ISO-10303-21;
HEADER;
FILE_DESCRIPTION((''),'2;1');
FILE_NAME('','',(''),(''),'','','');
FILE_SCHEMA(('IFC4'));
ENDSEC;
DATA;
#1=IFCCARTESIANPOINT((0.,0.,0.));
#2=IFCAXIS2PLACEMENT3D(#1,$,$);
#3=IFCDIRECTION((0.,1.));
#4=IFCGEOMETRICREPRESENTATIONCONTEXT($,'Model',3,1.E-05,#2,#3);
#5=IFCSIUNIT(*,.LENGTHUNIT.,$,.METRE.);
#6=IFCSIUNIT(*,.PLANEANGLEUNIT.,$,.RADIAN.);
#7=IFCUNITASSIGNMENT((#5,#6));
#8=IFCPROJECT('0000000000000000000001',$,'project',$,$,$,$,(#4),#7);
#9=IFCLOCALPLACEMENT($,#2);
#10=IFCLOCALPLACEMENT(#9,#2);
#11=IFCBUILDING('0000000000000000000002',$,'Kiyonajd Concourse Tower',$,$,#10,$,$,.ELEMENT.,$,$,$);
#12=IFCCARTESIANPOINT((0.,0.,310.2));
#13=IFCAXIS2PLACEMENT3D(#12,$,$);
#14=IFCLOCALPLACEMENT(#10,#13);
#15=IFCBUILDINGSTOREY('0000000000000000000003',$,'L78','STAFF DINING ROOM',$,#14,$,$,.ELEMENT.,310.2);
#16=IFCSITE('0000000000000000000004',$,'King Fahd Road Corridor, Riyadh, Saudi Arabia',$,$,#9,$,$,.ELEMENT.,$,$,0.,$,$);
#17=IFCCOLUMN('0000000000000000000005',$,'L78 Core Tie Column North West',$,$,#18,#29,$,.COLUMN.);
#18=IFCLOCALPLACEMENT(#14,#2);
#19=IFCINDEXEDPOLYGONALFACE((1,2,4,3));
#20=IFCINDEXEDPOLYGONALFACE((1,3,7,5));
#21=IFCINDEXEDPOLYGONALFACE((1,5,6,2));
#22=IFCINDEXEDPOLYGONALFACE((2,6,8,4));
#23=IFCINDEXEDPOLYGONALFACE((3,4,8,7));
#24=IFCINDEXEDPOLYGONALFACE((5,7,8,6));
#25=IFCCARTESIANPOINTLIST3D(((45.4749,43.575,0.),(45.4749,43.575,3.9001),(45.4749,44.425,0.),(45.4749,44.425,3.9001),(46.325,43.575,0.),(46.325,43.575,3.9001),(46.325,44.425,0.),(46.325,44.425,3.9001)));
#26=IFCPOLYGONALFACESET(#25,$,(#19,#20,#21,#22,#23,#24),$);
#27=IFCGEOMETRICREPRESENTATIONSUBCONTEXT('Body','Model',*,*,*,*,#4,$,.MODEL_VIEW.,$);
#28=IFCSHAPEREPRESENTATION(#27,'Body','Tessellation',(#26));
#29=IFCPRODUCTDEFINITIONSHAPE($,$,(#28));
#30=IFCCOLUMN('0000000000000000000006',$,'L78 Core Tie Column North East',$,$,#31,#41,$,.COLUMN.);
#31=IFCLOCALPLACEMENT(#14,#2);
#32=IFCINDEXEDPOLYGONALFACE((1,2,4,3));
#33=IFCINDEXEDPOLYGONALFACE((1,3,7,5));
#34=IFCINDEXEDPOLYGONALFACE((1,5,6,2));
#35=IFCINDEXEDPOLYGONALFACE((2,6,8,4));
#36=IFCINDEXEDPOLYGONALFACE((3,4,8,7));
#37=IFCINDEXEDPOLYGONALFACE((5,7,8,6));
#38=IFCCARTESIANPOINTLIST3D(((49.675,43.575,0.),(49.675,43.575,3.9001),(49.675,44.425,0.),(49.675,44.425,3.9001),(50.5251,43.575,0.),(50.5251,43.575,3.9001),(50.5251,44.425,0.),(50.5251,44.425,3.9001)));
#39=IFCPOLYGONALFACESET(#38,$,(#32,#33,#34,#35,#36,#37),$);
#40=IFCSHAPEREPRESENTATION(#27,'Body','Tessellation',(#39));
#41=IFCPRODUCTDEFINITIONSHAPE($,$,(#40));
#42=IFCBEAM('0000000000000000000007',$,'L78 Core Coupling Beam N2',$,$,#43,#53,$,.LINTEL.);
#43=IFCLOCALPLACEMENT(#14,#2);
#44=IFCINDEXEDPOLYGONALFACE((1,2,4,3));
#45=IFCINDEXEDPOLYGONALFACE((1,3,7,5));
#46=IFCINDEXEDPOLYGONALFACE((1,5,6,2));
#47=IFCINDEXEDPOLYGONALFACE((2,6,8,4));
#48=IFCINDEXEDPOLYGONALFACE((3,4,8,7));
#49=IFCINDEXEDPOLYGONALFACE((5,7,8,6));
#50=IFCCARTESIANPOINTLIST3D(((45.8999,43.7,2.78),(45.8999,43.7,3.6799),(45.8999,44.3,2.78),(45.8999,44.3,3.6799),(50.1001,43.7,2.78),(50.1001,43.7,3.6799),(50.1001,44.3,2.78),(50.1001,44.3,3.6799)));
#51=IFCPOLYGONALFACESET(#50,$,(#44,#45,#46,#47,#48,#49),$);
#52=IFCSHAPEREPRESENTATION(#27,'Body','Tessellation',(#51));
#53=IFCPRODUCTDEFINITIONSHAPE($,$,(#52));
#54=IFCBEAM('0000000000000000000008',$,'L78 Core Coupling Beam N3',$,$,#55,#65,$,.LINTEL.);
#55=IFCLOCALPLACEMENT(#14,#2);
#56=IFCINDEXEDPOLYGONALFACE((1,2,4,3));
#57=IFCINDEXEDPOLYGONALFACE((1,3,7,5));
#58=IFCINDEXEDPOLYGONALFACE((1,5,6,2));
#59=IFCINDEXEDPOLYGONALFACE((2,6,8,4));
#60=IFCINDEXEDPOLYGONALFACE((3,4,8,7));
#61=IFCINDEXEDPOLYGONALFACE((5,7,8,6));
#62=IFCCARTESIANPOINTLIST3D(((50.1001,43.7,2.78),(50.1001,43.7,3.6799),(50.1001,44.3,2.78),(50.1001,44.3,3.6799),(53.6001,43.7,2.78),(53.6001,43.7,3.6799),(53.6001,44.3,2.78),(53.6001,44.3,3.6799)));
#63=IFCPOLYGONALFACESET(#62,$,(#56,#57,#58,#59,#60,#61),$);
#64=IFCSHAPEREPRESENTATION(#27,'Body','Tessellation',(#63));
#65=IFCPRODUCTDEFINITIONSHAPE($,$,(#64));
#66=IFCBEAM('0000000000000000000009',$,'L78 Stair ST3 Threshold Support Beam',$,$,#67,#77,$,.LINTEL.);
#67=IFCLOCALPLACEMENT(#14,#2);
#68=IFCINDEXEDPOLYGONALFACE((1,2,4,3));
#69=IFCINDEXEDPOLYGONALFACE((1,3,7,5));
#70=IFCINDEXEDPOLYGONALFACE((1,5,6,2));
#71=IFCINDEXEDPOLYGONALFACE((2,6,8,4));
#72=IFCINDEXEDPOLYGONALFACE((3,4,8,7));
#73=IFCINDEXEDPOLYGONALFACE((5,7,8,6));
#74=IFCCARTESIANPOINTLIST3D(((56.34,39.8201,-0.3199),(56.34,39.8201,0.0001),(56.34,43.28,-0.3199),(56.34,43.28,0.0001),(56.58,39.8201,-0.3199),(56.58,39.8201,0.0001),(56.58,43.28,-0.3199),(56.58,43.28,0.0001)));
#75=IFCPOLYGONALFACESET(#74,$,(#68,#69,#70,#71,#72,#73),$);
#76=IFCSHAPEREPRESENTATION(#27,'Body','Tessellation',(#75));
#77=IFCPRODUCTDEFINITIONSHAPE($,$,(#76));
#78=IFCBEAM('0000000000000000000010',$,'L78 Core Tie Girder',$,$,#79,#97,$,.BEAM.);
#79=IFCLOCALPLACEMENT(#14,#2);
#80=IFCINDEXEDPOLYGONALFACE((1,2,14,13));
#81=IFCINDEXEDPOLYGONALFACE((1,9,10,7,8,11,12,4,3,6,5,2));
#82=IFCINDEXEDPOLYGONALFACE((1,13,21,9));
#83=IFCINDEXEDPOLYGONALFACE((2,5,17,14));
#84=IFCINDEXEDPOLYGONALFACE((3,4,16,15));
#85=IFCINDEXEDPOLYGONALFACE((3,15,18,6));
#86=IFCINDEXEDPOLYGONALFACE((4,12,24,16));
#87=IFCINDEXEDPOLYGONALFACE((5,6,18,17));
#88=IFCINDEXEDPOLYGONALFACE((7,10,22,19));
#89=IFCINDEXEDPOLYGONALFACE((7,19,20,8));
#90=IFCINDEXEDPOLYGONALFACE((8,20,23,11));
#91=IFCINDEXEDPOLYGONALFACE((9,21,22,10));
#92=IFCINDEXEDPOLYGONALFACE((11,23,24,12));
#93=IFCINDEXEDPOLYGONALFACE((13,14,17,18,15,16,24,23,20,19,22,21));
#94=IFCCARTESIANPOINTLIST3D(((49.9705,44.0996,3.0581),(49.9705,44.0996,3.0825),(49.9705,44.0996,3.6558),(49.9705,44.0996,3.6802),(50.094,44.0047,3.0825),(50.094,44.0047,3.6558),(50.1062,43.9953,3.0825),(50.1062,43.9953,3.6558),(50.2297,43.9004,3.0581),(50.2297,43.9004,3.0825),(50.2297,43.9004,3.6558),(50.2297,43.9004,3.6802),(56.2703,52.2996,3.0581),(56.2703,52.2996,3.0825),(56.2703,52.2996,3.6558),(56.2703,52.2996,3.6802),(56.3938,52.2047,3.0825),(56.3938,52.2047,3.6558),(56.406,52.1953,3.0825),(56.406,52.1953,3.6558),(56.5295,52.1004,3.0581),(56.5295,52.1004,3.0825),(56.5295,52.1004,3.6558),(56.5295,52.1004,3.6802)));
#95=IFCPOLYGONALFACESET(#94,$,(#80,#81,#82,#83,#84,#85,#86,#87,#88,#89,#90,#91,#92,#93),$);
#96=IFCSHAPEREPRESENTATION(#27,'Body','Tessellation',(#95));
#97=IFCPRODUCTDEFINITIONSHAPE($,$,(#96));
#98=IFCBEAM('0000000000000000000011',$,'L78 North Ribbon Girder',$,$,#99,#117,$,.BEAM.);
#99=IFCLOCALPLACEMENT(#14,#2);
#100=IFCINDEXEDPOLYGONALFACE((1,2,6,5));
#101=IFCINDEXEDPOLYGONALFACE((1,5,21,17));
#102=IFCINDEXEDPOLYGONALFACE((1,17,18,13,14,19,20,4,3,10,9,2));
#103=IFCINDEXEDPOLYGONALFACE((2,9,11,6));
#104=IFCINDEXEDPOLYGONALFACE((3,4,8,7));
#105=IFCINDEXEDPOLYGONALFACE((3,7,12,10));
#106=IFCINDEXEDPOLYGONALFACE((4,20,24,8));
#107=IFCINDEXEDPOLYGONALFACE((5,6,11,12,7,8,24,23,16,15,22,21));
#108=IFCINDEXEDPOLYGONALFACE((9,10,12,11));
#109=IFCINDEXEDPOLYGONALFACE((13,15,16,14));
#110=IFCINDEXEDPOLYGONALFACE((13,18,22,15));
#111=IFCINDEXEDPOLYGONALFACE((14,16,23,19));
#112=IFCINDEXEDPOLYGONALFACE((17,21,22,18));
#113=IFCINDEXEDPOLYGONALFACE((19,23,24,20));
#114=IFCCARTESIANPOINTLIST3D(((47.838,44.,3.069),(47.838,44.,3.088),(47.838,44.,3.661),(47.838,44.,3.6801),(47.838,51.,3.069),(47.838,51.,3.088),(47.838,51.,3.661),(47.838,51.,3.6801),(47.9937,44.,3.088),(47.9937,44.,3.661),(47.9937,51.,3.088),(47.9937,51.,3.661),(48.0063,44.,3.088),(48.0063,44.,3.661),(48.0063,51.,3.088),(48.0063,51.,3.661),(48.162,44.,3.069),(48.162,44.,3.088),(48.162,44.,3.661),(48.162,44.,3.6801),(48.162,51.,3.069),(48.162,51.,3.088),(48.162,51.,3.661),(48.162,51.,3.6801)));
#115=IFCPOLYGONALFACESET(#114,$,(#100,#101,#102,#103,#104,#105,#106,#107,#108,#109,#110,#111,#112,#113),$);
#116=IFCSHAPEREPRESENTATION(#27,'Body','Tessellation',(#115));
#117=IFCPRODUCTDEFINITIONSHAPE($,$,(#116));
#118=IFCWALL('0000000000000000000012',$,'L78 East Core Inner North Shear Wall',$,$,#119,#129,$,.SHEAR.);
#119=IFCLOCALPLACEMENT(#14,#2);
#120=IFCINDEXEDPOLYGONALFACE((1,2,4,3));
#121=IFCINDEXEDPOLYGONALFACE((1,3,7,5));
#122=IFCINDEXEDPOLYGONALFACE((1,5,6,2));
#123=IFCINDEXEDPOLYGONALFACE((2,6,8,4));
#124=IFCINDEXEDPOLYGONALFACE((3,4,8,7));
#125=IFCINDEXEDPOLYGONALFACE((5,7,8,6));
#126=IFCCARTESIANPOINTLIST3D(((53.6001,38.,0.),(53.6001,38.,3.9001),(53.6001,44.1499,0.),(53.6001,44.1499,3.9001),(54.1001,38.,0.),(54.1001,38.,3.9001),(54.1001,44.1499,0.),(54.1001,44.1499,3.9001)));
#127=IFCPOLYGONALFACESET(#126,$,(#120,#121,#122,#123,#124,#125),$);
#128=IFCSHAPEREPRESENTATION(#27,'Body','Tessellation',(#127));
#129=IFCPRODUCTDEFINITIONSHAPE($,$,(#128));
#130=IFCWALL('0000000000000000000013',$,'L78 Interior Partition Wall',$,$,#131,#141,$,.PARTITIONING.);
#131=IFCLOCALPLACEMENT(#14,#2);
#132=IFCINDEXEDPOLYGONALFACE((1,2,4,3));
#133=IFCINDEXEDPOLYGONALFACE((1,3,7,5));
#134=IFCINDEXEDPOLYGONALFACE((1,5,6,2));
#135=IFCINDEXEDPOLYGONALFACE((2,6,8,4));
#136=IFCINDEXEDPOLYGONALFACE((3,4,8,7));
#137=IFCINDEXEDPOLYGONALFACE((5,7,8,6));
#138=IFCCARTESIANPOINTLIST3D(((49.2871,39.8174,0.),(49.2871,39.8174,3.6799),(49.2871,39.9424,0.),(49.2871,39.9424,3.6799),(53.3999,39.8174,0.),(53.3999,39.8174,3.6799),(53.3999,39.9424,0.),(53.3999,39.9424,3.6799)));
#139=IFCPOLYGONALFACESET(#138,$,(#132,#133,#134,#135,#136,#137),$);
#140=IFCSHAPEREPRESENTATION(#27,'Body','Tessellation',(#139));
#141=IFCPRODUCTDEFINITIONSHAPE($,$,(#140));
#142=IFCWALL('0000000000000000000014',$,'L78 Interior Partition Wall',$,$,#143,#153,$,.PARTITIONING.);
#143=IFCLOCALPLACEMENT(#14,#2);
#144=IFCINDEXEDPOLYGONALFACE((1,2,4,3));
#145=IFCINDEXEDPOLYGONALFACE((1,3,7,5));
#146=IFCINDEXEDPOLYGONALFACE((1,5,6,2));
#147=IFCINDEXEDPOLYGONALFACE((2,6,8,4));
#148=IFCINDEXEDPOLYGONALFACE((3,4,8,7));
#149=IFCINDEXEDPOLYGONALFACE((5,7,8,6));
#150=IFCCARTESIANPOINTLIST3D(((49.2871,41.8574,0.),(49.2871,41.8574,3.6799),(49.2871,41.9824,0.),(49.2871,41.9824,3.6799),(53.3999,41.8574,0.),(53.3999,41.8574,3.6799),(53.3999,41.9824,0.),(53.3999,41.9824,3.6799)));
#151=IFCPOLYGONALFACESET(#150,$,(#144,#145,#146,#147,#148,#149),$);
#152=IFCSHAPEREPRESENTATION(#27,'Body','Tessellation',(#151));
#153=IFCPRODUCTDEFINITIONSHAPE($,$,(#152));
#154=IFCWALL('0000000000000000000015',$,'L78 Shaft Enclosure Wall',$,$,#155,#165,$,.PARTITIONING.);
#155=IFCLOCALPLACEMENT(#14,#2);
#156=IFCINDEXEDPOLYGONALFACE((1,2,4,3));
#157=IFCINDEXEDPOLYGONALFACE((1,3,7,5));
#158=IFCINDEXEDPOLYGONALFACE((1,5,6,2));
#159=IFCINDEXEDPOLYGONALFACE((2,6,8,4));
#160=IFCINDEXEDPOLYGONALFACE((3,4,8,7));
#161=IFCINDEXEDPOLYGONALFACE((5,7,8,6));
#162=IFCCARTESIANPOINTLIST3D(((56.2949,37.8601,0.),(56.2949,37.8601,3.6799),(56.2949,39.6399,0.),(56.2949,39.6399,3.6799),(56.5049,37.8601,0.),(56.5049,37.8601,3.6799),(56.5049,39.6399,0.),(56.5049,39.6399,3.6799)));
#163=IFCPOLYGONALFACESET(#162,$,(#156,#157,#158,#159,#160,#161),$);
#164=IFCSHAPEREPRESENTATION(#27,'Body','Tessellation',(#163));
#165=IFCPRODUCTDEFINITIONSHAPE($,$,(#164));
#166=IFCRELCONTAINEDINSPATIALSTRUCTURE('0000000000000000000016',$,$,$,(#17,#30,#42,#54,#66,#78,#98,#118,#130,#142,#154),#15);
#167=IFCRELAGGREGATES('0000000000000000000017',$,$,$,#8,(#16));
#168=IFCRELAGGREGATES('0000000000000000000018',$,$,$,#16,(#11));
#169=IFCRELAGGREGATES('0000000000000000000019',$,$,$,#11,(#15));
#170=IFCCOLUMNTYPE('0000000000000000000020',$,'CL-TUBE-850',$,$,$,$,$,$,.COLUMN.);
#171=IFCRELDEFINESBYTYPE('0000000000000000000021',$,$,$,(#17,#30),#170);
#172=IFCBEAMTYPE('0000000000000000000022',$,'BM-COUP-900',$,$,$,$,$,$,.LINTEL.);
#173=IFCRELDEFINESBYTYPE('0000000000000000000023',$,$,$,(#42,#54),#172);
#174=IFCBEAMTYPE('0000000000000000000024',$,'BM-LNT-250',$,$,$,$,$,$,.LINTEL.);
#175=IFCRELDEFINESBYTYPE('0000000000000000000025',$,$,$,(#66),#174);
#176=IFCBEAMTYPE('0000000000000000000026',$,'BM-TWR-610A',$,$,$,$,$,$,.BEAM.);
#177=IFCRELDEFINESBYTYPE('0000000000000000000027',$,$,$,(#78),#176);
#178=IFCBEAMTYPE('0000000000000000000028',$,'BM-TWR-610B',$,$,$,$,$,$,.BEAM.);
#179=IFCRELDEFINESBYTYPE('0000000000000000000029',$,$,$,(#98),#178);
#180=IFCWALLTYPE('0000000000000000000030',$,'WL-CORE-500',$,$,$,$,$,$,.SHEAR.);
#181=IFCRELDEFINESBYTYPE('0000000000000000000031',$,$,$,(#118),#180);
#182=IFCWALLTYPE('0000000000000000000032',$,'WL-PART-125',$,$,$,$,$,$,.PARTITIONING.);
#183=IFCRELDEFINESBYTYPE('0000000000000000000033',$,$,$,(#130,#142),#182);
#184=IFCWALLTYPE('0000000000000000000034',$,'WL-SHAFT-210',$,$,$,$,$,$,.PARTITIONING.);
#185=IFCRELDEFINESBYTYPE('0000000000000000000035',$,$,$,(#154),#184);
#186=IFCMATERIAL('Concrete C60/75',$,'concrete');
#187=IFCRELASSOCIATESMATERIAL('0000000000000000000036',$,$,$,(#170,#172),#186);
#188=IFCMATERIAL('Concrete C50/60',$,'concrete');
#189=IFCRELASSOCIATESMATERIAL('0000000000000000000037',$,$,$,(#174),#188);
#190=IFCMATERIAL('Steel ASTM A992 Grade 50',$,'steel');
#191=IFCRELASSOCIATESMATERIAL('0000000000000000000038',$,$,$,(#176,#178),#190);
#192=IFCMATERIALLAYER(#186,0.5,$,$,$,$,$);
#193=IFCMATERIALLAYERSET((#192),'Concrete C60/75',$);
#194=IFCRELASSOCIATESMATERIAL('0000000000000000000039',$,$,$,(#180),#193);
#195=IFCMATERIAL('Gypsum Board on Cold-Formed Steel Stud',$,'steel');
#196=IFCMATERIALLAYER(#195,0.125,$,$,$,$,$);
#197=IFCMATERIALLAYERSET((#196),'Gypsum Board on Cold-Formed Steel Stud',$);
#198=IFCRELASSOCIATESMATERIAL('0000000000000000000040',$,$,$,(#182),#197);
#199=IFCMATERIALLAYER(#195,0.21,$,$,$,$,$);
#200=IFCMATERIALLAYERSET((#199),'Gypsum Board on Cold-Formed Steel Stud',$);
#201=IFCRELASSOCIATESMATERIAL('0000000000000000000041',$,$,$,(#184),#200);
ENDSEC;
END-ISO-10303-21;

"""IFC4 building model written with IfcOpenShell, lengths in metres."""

from ifc_helpers import new_model, si_unit, direction, frame, frame_2d, origin, origin_2d, place, context, subcontext, project, spatial, rectangle, i_section, extrude, material, layer, layer_set, material_profile, profile_set, type_object, element, save


model = new_model("IFC4")

# Units and contexts
model_context = context("Model", 3, precision=1e-05, world=origin(), true_north=direction((0.0, 1.0)))
body_context = subcontext(model_context, "Body", "Model", "MODEL_VIEW")
ifc_project = project(units=[si_unit("LENGTHUNIT", "METRE"), si_unit("PLANEANGLEUNIT", "RADIAN")], contexts=[model_context])

# Site, building, storey
site_placement = place(None, origin())
site = spatial("IfcSite", under=ifc_project, at=site_placement, Name="King Fahd Road Corridor, Riyadh, Saudi Arabia", CompositionType="ELEMENT", RefElevation=0.0)
building_placement = place(site_placement, origin())
building = spatial("IfcBuilding", under=site, at=building_placement, Name="Kiyonajd Concourse Tower", CompositionType="ELEMENT")
storey_placement = place(building_placement, frame((0.0, 0.0, 310.2)))
storey = spatial("IfcBuildingStorey", under=building, at=storey_placement, Name="L78", Description="STAFF DINING ROOM", CompositionType="ELEMENT", Elevation=310.2)

# Columns
ifc_material_1 = material(Name="Concrete C60/75", Category="concrete")
ifc_material_profile_1 = material_profile(ifc_material_1, rectangle(XDim=0.8501, YDim=0.8501, at=origin_2d()), Name="RC-850x850")
ifc_profile_set_1 = profile_set([ifc_material_profile_1], Name="Concrete C60/75")
column_type = type_object("IfcColumnType", Name="CL-TUBE-850", PredefinedType="COLUMN", material=ifc_profile_set_1)
for number, where, z_axis, x_axis, name in (
    (1, (45.8999, 44.0, 0.0), (0.0, 0.0, 1.0), (1.0, 0.0, 0.0), "L78 Core Tie Column North West"),
    (2, (50.1001, 44.0, 0.0), (0.0, 0.0, 1.0), (1.0, 0.0, 0.0), "L78 Core Tie Column North East"),
):
    element("IfcColumn", number, at=place(storey_placement, frame(where, z_axis=z_axis, x_axis=x_axis)), inside=storey, type_object=column_type, Name=name, PredefinedType="COLUMN", context=body_context, shape_type="SweptSolid", body=[
        extrude(rectangle(XDim=0.8501, YDim=0.8501, at=origin_2d()), origin(), (0.0, 0.0, 1.0), 3.9001),
    ])

# Beams
ifc_material_profile_2 = material_profile(ifc_material_1, rectangle(XDim=0.6001, YDim=0.8999, at=origin_2d()), Name="RCBM-600x900")
ifc_profile_set_2 = profile_set([ifc_material_profile_2], Name="Concrete C60/75")
beam_type_1 = type_object("IfcBeamType", Name="BM-COUP-900", PredefinedType="LINTEL", material=ifc_profile_set_2)
beam_1_placement = place(storey_placement, frame((45.8999, 44.0, 3.23), z_axis=(1.0, 0.0, 0.0), x_axis=(0.0, 1.0, 0.0)))
element("IfcBeam", 3, at=beam_1_placement, inside=storey, type_object=beam_type_1, Name="L78 Core Coupling Beam N2", PredefinedType="LINTEL", context=body_context, shape_type="SweptSolid", body=[
    extrude(rectangle(XDim=0.6001, YDim=0.8999, at=origin_2d()), origin(), (0.0, 0.0, 1.0), 4.2002),
])
beam_2_placement = place(storey_placement, frame((50.1001, 44.0, 3.23), z_axis=(1.0, 0.0, 0.0), x_axis=(0.0, 1.0, 0.0)))
element("IfcBeam", 4, at=beam_2_placement, inside=storey, type_object=beam_type_1, Name="L78 Core Coupling Beam N3", PredefinedType="LINTEL", context=body_context, shape_type="SweptSolid", body=[
    extrude(rectangle(XDim=0.6001, YDim=0.8999, at=origin_2d()), origin(), (0.0, 0.0, 1.0), 3.5),
])
ifc_material_2 = material(Name="Concrete C50/60", Category="concrete")
ifc_material_profile_3 = material_profile(ifc_material_2, rectangle(XDim=0.24, YDim=0.3201, at=origin_2d()), Name="RCBM-240x320")
ifc_profile_set_3 = profile_set([ifc_material_profile_3], Name="Concrete C50/60")
beam_type_2 = type_object("IfcBeamType", Name="BM-LNT-250", PredefinedType="LINTEL", material=ifc_profile_set_3)
beam_3_placement = place(storey_placement, frame((56.46, 39.8201, -0.1599), z_axis=(0.0, 1.0, 0.0), x_axis=(-1.0, 0.0, 0.0)))
element("IfcBeam", 5, at=beam_3_placement, inside=storey, type_object=beam_type_2, Name="L78 Stair ST3 Threshold Support Beam", PredefinedType="LINTEL", context=body_context, shape_type="SweptSolid", body=[
    extrude(rectangle(XDim=0.24, YDim=0.3201, at=origin_2d()), origin(), (0.0, 0.0, 1.0), 3.46),
])
ifc_material_3 = material(Name="Steel ASTM A992 Grade 50", Category="steel")
ifc_material_profile_4 = material_profile(ifc_material_3, i_section(OverallWidth=0.3269, OverallDepth=0.6221, WebThickness=0.0154, FlangeThickness=0.0244, at=origin_2d()), Name="W610X195")
ifc_profile_set_4 = profile_set([ifc_material_profile_4], Name="Steel ASTM A992 Grade 50")
beam_type_3 = type_object("IfcBeamType", Name="BM-TWR-610A", PredefinedType="BEAM", material=ifc_profile_set_4)
beam_4_placement = place(storey_placement, frame((50.1001, 44.0, 3.3691), z_axis=(0.609234, 0.792991, 0.0), x_axis=(-0.792991, 0.609234, 0.0)))
element("IfcBeam", 6, at=beam_4_placement, inside=storey, type_object=beam_type_3, Name="L78 Core Tie Girder", PredefinedType="BEAM", context=body_context, shape_type="SweptSolid", body=[
    extrude(i_section(OverallWidth=0.3269, OverallDepth=0.6221, WebThickness=0.0154, FlangeThickness=0.0244, at=origin_2d()), origin(), (0.0, 0.0, 1.0), 10.3406),
])
ifc_material_profile_5 = material_profile(ifc_material_3, i_section(OverallWidth=0.324, OverallDepth=0.6111, WebThickness=0.0127, FlangeThickness=0.019, at=origin_2d()), Name="W610X155")
ifc_profile_set_5 = profile_set([ifc_material_profile_5], Name="Steel ASTM A992 Grade 50")
beam_type_4 = type_object("IfcBeamType", Name="BM-TWR-610B", PredefinedType="BEAM", material=ifc_profile_set_5)
beam_5_placement = place(storey_placement, frame((48.0, 44.0, 3.3745), z_axis=(0.0, 1.0, 0.0), x_axis=(-1.0, 0.0, 0.0)))
element("IfcBeam", 7, at=beam_5_placement, inside=storey, type_object=beam_type_4, Name="L78 North Ribbon Girder", PredefinedType="BEAM", context=body_context, shape_type="SweptSolid", body=[
    extrude(i_section(OverallWidth=0.324, OverallDepth=0.6111, WebThickness=0.0127, FlangeThickness=0.019, at=origin_2d()), origin(), (0.0, 0.0, 1.0), 7.0),
])

# Walls
ifc_layer_1 = layer(ifc_material_1, 0.5)
ifc_layer_set_1 = layer_set([ifc_layer_1], Name="Concrete C60/75")
wall_type_1 = type_object("IfcWallType", Name="WL-CORE-500", PredefinedType="SHEAR", material=ifc_layer_set_1)
wall_1_placement = place(storey_placement, frame((53.8501, 38.0, 0.0), z_axis=(0.0, 0.0, 1.0), x_axis=(0.0, 1.0, 0.0)))
element("IfcWall", 8, at=wall_1_placement, inside=storey, type_object=wall_type_1, Name="L78 East Core Inner North Shear Wall", PredefinedType="SHEAR", context=body_context, shape_type="SweptSolid", body=[
    extrude(rectangle(XDim=6.1499, YDim=0.5, at=frame_2d((3.075, 0.0))), origin(), (0.0, 0.0, 1.0), 3.9001),
])
ifc_material_4 = material(Name="Gypsum Board on Cold-Formed Steel Stud", Category="steel")
ifc_layer_2 = layer(ifc_material_4, 0.125)
ifc_layer_set_2 = layer_set([ifc_layer_2], Name="Gypsum Board on Cold-Formed Steel Stud")
wall_type_2 = type_object("IfcWallType", Name="WL-PART-125", PredefinedType="PARTITIONING", material=ifc_layer_set_2)
for number, where, z_axis, x_axis, name in (
    (9, (49.2871, 39.8799, 0.0), (0.0, 0.0, 1.0), (1.0, 0.0, 0.0), "L78 Interior Partition Wall"),
    (10, (49.2871, 41.9199, 0.0), (0.0, 0.0, 1.0), (1.0, 0.0, 0.0), "L78 Interior Partition Wall"),
):
    element("IfcWall", number, at=place(storey_placement, frame(where, z_axis=z_axis, x_axis=x_axis)), inside=storey, type_object=wall_type_2, Name=name, PredefinedType="PARTITIONING", context=body_context, shape_type="SweptSolid", body=[
        extrude(rectangle(XDim=4.1128, YDim=0.125, at=frame_2d((2.0564, 0.0))), origin(), (0.0, 0.0, 1.0), 3.6799),
    ])
ifc_layer_3 = layer(ifc_material_4, 0.21)
ifc_layer_set_3 = layer_set([ifc_layer_3], Name="Gypsum Board on Cold-Formed Steel Stud")
wall_type_3 = type_object("IfcWallType", Name="WL-SHAFT-210", PredefinedType="PARTITIONING", material=ifc_layer_set_3)
wall_2_placement = place(storey_placement, frame((56.3999, 37.8601, 0.0), z_axis=(0.0, 0.0, 1.0), x_axis=(0.0, 1.0, 0.0)))
element("IfcWall", 11, at=wall_2_placement, inside=storey, type_object=wall_type_3, Name="L78 Shaft Enclosure Wall", PredefinedType="PARTITIONING", context=body_context, shape_type="SweptSolid", body=[
    extrude(rectangle(XDim=1.7798, YDim=0.21, at=frame_2d((0.8899, 0.0))), origin(), (0.0, 0.0, 1.0), 3.6799),
])

save(model, "model.ifc")
